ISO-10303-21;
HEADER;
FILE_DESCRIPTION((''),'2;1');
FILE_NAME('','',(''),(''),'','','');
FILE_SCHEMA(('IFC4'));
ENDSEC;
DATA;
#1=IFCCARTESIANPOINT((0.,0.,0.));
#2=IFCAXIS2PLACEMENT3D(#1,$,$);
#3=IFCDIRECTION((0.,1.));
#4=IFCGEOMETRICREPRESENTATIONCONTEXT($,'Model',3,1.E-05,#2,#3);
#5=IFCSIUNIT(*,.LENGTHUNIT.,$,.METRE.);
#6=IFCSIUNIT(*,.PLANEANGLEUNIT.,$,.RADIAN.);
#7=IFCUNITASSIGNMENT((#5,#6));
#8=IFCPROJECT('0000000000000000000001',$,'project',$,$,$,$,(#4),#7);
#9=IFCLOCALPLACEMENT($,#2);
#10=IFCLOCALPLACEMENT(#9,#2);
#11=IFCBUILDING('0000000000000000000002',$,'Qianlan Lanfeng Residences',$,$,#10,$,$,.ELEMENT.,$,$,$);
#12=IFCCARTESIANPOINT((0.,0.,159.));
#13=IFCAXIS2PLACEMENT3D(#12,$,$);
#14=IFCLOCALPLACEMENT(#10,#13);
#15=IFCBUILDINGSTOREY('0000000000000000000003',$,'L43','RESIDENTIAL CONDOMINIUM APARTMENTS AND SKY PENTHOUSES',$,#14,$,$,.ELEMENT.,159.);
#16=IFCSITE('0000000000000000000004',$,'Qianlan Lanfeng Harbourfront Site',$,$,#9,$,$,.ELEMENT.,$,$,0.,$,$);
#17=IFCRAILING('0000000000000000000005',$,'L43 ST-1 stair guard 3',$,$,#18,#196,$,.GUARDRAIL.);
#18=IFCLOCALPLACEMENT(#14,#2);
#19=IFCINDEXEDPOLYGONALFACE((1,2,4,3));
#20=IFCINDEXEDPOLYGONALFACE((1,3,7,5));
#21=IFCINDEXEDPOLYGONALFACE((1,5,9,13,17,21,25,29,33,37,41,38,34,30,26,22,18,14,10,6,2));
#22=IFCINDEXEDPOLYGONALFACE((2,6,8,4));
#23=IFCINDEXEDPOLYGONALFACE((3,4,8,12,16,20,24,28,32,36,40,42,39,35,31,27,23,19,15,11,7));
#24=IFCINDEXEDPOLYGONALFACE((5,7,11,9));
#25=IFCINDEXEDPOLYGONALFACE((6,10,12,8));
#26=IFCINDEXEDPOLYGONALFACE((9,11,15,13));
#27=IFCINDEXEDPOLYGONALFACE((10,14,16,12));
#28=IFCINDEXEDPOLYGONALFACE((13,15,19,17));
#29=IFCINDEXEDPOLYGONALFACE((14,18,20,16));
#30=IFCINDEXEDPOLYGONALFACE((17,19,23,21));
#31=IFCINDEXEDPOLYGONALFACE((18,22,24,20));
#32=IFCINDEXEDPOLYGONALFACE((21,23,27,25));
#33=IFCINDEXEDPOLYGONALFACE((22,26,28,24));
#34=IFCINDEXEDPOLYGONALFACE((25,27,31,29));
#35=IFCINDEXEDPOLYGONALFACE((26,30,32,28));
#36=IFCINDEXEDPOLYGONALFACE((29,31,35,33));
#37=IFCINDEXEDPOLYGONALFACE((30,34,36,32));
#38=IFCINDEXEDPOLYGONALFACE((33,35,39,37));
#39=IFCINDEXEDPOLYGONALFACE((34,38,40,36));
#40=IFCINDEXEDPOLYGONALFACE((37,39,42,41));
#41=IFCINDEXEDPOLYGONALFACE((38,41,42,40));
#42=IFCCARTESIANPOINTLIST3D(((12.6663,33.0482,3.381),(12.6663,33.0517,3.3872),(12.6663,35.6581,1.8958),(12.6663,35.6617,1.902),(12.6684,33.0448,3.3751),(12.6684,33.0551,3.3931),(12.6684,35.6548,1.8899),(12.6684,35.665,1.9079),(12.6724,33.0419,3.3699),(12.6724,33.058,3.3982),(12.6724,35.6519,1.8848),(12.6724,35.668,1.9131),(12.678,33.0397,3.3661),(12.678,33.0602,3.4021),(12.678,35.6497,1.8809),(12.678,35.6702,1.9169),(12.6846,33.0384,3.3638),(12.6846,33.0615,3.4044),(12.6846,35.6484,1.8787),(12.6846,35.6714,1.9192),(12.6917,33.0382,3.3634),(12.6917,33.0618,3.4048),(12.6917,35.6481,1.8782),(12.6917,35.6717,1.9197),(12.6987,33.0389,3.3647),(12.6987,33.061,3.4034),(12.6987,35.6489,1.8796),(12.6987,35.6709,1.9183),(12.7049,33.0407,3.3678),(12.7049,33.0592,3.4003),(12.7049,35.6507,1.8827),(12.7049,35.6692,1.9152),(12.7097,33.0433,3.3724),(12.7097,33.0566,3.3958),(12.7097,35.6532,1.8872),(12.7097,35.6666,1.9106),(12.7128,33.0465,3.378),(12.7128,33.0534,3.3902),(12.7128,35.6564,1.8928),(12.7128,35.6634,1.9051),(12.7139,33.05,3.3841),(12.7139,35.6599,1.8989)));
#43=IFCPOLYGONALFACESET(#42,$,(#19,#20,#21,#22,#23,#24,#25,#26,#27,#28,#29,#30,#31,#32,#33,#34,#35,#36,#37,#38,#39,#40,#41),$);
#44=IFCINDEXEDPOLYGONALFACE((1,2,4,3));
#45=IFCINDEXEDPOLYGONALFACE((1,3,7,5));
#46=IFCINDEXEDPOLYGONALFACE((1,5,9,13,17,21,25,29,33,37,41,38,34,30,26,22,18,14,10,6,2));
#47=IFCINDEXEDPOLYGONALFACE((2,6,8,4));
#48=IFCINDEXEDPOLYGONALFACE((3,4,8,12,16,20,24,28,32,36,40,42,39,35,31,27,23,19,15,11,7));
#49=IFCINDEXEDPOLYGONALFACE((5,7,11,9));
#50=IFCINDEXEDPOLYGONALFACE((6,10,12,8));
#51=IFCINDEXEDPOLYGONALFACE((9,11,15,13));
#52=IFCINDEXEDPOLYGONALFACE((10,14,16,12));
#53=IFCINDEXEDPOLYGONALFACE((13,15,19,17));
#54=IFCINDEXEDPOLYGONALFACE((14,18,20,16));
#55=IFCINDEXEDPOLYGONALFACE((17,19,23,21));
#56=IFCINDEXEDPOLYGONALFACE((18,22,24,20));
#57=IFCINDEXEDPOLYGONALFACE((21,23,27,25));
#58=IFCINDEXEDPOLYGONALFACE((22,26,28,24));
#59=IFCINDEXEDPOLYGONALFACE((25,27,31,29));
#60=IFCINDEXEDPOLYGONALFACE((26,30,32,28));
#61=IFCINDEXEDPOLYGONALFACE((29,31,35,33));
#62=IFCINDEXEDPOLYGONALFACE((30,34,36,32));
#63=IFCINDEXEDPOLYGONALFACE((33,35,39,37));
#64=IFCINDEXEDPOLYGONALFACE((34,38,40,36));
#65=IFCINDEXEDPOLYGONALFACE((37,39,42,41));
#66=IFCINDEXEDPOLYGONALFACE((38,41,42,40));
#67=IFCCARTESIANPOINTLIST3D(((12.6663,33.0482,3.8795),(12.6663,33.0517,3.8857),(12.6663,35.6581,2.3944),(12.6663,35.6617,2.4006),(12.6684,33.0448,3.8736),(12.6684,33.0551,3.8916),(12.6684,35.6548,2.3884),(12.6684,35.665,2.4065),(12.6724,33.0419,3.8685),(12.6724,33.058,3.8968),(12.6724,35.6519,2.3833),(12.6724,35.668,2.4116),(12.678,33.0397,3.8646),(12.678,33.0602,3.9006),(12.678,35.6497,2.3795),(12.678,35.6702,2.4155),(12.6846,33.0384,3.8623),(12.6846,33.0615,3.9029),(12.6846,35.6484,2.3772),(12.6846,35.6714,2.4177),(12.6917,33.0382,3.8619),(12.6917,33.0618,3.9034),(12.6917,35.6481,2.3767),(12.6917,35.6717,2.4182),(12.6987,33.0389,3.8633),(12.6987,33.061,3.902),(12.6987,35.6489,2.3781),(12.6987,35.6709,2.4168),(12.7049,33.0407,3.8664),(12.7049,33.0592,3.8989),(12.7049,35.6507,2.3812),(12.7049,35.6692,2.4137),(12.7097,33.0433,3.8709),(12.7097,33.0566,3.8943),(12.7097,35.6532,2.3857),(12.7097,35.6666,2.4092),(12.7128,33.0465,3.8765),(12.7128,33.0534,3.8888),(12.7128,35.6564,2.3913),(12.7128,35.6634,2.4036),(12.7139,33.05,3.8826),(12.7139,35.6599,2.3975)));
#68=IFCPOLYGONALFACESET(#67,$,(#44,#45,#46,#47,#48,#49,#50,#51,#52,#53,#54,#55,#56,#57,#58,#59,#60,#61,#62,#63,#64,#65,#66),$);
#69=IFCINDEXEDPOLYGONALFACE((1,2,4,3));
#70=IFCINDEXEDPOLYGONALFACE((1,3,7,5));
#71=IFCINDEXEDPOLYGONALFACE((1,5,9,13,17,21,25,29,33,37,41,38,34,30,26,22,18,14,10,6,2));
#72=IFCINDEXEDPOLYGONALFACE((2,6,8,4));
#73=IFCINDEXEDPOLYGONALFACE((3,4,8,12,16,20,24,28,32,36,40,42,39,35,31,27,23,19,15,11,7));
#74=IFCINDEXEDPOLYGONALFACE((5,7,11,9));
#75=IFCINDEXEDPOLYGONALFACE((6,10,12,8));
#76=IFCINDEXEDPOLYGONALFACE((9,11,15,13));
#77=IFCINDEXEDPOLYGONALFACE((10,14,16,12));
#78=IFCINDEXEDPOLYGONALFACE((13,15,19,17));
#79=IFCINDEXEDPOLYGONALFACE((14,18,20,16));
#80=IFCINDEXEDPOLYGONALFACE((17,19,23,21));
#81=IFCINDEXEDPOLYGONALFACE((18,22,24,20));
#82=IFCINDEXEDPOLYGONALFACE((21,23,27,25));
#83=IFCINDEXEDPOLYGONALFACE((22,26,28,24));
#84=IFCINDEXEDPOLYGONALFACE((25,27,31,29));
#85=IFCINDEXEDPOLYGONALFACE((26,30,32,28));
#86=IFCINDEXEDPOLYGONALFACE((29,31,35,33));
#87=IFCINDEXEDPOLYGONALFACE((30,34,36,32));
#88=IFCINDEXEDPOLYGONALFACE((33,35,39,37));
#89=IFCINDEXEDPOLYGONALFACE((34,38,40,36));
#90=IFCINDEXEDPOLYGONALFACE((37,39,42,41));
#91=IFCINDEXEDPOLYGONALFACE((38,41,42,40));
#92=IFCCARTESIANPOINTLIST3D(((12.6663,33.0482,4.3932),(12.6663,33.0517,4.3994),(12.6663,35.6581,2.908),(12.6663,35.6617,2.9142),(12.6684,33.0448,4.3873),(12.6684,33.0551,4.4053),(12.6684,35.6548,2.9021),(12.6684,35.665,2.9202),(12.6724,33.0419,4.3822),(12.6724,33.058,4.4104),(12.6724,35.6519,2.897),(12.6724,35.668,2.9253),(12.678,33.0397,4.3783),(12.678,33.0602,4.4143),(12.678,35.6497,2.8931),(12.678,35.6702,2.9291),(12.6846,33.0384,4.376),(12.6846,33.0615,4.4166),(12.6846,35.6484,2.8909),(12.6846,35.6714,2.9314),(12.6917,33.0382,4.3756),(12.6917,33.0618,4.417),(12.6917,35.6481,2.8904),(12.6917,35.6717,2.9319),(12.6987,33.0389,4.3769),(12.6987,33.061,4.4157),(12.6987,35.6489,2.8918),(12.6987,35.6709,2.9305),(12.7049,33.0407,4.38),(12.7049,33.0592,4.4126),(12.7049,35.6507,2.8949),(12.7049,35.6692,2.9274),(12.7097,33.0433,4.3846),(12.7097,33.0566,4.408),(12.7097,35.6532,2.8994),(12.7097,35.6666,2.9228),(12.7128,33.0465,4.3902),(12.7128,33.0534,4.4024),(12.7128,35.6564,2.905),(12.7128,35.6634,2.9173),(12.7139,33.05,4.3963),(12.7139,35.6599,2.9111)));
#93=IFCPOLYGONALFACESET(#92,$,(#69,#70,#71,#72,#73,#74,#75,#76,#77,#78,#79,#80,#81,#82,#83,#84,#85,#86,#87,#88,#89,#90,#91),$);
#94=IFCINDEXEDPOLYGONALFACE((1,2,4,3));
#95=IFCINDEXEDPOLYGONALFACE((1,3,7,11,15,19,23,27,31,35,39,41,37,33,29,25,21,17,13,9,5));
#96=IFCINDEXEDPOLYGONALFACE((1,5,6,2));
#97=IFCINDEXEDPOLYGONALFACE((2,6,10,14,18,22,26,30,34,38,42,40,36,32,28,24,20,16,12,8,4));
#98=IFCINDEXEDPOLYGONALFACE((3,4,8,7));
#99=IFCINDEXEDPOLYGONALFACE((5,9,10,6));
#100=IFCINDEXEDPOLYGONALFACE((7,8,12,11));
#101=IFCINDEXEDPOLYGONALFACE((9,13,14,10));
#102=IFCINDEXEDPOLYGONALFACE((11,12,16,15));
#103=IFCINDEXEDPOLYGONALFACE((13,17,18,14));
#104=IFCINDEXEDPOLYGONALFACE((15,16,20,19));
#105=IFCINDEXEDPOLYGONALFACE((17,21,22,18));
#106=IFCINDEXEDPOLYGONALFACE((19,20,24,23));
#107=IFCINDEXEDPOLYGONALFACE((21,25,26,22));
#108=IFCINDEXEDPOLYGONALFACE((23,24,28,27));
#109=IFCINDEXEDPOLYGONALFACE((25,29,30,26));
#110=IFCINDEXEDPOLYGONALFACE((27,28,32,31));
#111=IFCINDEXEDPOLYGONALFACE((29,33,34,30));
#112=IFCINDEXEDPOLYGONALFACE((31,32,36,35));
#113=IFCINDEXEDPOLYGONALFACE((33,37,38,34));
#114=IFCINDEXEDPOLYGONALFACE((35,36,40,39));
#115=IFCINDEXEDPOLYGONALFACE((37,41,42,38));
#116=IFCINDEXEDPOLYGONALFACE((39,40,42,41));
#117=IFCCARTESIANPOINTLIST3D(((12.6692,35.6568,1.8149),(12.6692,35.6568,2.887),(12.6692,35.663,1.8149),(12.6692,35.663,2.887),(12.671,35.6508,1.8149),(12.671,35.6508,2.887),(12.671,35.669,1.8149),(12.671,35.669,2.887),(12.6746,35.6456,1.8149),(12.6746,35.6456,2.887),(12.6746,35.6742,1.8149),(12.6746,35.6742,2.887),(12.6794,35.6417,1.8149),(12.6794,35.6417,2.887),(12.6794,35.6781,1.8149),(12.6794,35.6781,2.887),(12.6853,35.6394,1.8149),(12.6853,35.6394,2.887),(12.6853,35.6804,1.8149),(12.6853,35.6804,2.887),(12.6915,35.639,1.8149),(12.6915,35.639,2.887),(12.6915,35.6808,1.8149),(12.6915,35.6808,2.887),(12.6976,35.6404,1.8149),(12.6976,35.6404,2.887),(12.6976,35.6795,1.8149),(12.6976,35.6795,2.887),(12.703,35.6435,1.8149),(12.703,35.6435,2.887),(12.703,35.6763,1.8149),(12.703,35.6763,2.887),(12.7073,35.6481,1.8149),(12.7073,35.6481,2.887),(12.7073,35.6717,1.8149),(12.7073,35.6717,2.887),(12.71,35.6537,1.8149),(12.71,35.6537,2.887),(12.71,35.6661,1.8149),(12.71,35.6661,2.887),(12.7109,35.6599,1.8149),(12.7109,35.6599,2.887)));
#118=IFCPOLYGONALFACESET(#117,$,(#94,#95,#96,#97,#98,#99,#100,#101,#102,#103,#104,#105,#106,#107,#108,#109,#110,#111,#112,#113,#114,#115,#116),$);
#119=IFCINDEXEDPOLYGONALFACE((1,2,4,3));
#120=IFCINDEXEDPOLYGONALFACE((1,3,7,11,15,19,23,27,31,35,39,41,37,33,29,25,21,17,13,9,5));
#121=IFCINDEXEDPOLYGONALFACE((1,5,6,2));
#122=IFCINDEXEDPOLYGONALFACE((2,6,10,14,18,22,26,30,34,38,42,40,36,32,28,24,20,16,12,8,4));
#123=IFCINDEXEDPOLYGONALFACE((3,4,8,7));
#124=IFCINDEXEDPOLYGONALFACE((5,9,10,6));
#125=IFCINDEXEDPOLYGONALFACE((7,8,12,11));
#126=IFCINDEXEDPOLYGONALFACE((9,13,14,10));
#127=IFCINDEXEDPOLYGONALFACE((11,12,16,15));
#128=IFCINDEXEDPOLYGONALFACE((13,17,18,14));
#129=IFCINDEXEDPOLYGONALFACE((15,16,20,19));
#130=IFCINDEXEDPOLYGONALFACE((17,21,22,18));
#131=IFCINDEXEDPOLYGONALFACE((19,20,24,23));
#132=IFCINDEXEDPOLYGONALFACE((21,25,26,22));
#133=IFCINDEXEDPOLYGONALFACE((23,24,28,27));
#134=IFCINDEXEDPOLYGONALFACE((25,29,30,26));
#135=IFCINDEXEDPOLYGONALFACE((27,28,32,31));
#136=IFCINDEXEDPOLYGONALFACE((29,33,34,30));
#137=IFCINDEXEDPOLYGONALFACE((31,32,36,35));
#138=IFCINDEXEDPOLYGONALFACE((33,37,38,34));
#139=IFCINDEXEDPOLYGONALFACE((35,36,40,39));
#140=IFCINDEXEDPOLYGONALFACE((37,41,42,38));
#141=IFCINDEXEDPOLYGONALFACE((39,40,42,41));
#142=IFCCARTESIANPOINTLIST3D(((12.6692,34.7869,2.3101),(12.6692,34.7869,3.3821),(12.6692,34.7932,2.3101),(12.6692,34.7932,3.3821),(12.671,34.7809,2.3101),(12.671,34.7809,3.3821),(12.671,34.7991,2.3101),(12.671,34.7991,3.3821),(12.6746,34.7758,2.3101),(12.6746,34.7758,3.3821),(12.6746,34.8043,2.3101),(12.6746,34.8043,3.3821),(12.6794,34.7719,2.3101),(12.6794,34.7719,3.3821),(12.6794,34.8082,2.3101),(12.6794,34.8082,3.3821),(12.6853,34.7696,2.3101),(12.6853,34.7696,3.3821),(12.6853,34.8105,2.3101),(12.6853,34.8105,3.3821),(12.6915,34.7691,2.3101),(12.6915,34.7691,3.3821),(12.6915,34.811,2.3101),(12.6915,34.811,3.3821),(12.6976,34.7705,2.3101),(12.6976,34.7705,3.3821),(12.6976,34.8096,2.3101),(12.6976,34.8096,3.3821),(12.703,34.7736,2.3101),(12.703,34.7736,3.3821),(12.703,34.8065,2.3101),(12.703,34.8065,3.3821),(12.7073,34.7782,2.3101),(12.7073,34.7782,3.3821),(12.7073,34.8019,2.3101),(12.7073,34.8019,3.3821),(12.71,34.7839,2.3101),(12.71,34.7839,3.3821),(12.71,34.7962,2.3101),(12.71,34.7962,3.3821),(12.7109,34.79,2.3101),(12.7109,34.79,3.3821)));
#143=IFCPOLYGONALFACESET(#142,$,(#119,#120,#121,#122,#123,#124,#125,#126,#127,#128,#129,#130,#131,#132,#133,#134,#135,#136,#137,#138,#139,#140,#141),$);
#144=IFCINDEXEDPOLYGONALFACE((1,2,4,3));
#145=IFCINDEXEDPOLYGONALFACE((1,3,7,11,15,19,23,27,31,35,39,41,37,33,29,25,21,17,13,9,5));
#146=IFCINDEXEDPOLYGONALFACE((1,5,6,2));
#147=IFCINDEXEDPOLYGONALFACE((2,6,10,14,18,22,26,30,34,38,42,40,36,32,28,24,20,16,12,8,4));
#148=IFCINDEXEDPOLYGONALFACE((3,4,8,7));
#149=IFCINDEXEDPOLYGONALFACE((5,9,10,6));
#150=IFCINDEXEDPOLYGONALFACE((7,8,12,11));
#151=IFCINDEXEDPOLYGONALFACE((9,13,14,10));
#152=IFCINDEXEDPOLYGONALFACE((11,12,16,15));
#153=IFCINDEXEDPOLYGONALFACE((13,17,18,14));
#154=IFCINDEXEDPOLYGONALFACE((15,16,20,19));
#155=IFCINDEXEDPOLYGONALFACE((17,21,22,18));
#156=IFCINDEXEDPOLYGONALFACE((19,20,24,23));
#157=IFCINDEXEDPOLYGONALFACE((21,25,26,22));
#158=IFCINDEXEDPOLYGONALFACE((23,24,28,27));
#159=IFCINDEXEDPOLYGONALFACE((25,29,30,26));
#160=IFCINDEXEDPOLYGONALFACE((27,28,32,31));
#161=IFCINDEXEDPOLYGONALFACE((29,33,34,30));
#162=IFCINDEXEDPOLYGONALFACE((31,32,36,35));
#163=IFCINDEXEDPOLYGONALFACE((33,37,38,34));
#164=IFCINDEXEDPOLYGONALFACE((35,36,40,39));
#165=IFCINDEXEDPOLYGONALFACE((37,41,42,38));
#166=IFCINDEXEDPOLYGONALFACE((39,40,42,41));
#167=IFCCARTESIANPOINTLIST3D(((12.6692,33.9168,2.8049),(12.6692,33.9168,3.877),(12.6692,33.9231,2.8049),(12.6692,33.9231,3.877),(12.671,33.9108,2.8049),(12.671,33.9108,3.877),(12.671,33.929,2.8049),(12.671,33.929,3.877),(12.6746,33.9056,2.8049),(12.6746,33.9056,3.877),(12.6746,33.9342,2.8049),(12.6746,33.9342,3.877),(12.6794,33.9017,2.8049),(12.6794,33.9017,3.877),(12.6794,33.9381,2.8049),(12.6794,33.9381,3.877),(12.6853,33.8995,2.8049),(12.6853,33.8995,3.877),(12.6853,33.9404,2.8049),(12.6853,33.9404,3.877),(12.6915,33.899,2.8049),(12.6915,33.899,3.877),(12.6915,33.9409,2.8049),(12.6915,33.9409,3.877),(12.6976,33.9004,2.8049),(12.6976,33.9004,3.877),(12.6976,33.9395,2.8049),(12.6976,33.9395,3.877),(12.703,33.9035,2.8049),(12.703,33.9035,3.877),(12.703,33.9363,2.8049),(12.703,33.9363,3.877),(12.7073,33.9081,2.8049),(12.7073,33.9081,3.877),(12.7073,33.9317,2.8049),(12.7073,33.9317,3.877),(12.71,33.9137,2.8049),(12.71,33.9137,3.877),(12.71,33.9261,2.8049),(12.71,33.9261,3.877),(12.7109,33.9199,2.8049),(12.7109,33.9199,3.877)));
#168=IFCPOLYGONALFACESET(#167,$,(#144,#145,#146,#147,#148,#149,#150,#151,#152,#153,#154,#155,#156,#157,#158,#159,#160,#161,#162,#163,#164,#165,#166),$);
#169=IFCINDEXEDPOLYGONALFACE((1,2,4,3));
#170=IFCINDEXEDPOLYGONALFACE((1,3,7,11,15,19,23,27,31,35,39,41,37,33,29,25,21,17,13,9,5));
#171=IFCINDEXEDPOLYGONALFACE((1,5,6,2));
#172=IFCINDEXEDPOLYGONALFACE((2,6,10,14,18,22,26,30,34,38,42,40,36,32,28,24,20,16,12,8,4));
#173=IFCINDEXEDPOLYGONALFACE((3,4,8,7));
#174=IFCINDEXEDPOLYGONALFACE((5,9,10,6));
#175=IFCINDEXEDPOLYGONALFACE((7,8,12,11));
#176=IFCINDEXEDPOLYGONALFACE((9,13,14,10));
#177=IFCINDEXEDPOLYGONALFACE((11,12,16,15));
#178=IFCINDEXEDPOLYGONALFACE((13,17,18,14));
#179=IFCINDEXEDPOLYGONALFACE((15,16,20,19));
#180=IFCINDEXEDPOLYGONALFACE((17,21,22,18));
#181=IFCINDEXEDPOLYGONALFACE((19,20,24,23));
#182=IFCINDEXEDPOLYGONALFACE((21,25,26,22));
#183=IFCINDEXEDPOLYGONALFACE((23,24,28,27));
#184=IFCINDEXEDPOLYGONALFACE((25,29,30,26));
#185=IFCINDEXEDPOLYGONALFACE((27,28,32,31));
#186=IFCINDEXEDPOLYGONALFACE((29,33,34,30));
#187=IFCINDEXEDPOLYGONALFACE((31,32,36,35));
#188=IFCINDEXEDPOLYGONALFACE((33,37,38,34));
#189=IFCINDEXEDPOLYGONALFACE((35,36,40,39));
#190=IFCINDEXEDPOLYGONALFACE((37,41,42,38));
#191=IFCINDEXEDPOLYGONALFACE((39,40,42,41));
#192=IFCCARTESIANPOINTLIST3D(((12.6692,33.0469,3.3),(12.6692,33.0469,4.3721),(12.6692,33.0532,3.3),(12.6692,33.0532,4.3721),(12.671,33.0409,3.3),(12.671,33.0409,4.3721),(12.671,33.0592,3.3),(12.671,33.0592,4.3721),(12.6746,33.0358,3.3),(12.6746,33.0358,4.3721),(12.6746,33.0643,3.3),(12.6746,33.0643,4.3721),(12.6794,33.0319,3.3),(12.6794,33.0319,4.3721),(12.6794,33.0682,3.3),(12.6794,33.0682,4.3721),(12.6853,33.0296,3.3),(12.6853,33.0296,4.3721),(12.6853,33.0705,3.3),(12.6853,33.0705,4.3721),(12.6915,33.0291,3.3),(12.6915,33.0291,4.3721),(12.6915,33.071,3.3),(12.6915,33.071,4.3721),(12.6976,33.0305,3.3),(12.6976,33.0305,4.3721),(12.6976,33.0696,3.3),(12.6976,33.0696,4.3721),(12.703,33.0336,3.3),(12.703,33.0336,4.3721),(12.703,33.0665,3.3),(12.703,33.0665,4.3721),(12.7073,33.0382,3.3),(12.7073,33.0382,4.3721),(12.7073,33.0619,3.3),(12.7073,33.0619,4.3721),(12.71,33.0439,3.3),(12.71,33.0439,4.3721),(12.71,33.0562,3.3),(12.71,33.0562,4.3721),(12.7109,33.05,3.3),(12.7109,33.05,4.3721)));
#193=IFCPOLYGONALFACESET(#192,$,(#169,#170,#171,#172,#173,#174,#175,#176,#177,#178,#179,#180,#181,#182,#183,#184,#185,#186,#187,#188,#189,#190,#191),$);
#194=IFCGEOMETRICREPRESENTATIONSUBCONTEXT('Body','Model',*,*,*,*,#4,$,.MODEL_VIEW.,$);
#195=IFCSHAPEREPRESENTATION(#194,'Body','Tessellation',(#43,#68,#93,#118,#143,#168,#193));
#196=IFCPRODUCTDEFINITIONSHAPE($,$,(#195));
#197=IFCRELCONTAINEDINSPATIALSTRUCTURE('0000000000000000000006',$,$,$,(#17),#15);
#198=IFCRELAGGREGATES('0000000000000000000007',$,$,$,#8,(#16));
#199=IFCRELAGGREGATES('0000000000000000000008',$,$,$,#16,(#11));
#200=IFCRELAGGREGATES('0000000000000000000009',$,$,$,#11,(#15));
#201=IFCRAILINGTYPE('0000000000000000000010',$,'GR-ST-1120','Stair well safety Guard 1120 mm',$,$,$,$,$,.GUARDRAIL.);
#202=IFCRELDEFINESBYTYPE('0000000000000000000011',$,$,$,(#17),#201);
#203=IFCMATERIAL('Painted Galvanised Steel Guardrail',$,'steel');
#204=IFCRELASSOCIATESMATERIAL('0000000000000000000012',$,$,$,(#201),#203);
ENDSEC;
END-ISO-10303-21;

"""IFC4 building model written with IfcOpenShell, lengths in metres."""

from ifc_helpers import new_model, si_unit, direction, frame, origin, origin_2d, place, context, subcontext, project, spatial, circle, extrude, material, type_object, element, save


model = new_model("IFC4")

# Units and contexts
model_context = context("Model", 3, precision=1e-05, world=origin(), true_north=direction((0.0, 1.0)))
body_context = subcontext(model_context, "Body", "Model", "MODEL_VIEW")
ifc_project = project(units=[si_unit("LENGTHUNIT", "METRE"), si_unit("PLANEANGLEUNIT", "RADIAN")], contexts=[model_context])

# Site, building, storey
site_placement = place(None, origin())
site = spatial("IfcSite", under=ifc_project, at=site_placement, Name="Qianlan Lanfeng Harbourfront Site", CompositionType="ELEMENT", RefElevation=0.0)
building_placement = place(site_placement, origin())
building = spatial("IfcBuilding", under=site, at=building_placement, Name="Qianlan Lanfeng Residences", CompositionType="ELEMENT")
storey_placement = place(building_placement, frame((0.0, 0.0, 159.0)))
storey = spatial("IfcBuildingStorey", under=building, at=storey_placement, Name="L43", Description="RESIDENTIAL CONDOMINIUM APARTMENTS AND SKY PENTHOUSES", CompositionType="ELEMENT", Elevation=159.0)

# Railing
ifc_material_1 = material(Name="Painted Galvanised Steel Guardrail", Category="steel")
railing_type_1 = type_object("IfcRailingType", Name="GR-ST-1120", Description="Stair well safety Guard 1120 mm", PredefinedType="GUARDRAIL", material=ifc_material_1)
railing_1_placement = place(storey_placement, frame((12.6899, 35.6599, 1.8149)))
element("IfcRailing", 1, at=railing_1_placement, inside=storey, type_object=railing_type_1, Name="L43 ST-1 stair guard 3", PredefinedType="GUARDRAIL", context=body_context, shape_type="SweptSolid", body=[
    extrude(circle(Radius=0.0239, at=origin_2d()), frame((0.0, 0.0, 0.084), z_axis=(0.0, -0.869137, 0.494571), x_axis=(1.0, 0.0, 0.0)), (0.0, 0.0, 1.0), 3.0029),
    extrude(circle(Radius=0.0239, at=origin_2d()), frame((0.0, 0.0, 0.5825), z_axis=(0.0, -0.869137, 0.494571), x_axis=(1.0, 0.0, 0.0)), (0.0, 0.0, 1.0), 3.0029),
    extrude(circle(Radius=0.0239, at=origin_2d()), frame((0.0, 0.0, 1.0962), z_axis=(0.0, -0.869137, 0.494571), x_axis=(1.0, 0.0, 0.0)), (0.0, 0.0, 1.0), 3.0029),
    extrude(circle(Radius=0.021, at=origin_2d()), origin(), (0.0, 0.0, 1.0), 1.072),
    extrude(circle(Radius=0.021, at=origin_2d()), frame((0.0, -0.8699, 0.4951)), (0.0, 0.0, 1.0), 1.072),
    extrude(circle(Radius=0.021, at=origin_2d()), frame((0.0, -1.74, 0.99)), (0.0, 0.0, 1.0), 1.072),
    extrude(circle(Radius=0.021, at=origin_2d()), frame((0.0, -2.6099, 1.4851)), (0.0, 0.0, 1.0), 1.072),
])

save(model, "model.ifc")
